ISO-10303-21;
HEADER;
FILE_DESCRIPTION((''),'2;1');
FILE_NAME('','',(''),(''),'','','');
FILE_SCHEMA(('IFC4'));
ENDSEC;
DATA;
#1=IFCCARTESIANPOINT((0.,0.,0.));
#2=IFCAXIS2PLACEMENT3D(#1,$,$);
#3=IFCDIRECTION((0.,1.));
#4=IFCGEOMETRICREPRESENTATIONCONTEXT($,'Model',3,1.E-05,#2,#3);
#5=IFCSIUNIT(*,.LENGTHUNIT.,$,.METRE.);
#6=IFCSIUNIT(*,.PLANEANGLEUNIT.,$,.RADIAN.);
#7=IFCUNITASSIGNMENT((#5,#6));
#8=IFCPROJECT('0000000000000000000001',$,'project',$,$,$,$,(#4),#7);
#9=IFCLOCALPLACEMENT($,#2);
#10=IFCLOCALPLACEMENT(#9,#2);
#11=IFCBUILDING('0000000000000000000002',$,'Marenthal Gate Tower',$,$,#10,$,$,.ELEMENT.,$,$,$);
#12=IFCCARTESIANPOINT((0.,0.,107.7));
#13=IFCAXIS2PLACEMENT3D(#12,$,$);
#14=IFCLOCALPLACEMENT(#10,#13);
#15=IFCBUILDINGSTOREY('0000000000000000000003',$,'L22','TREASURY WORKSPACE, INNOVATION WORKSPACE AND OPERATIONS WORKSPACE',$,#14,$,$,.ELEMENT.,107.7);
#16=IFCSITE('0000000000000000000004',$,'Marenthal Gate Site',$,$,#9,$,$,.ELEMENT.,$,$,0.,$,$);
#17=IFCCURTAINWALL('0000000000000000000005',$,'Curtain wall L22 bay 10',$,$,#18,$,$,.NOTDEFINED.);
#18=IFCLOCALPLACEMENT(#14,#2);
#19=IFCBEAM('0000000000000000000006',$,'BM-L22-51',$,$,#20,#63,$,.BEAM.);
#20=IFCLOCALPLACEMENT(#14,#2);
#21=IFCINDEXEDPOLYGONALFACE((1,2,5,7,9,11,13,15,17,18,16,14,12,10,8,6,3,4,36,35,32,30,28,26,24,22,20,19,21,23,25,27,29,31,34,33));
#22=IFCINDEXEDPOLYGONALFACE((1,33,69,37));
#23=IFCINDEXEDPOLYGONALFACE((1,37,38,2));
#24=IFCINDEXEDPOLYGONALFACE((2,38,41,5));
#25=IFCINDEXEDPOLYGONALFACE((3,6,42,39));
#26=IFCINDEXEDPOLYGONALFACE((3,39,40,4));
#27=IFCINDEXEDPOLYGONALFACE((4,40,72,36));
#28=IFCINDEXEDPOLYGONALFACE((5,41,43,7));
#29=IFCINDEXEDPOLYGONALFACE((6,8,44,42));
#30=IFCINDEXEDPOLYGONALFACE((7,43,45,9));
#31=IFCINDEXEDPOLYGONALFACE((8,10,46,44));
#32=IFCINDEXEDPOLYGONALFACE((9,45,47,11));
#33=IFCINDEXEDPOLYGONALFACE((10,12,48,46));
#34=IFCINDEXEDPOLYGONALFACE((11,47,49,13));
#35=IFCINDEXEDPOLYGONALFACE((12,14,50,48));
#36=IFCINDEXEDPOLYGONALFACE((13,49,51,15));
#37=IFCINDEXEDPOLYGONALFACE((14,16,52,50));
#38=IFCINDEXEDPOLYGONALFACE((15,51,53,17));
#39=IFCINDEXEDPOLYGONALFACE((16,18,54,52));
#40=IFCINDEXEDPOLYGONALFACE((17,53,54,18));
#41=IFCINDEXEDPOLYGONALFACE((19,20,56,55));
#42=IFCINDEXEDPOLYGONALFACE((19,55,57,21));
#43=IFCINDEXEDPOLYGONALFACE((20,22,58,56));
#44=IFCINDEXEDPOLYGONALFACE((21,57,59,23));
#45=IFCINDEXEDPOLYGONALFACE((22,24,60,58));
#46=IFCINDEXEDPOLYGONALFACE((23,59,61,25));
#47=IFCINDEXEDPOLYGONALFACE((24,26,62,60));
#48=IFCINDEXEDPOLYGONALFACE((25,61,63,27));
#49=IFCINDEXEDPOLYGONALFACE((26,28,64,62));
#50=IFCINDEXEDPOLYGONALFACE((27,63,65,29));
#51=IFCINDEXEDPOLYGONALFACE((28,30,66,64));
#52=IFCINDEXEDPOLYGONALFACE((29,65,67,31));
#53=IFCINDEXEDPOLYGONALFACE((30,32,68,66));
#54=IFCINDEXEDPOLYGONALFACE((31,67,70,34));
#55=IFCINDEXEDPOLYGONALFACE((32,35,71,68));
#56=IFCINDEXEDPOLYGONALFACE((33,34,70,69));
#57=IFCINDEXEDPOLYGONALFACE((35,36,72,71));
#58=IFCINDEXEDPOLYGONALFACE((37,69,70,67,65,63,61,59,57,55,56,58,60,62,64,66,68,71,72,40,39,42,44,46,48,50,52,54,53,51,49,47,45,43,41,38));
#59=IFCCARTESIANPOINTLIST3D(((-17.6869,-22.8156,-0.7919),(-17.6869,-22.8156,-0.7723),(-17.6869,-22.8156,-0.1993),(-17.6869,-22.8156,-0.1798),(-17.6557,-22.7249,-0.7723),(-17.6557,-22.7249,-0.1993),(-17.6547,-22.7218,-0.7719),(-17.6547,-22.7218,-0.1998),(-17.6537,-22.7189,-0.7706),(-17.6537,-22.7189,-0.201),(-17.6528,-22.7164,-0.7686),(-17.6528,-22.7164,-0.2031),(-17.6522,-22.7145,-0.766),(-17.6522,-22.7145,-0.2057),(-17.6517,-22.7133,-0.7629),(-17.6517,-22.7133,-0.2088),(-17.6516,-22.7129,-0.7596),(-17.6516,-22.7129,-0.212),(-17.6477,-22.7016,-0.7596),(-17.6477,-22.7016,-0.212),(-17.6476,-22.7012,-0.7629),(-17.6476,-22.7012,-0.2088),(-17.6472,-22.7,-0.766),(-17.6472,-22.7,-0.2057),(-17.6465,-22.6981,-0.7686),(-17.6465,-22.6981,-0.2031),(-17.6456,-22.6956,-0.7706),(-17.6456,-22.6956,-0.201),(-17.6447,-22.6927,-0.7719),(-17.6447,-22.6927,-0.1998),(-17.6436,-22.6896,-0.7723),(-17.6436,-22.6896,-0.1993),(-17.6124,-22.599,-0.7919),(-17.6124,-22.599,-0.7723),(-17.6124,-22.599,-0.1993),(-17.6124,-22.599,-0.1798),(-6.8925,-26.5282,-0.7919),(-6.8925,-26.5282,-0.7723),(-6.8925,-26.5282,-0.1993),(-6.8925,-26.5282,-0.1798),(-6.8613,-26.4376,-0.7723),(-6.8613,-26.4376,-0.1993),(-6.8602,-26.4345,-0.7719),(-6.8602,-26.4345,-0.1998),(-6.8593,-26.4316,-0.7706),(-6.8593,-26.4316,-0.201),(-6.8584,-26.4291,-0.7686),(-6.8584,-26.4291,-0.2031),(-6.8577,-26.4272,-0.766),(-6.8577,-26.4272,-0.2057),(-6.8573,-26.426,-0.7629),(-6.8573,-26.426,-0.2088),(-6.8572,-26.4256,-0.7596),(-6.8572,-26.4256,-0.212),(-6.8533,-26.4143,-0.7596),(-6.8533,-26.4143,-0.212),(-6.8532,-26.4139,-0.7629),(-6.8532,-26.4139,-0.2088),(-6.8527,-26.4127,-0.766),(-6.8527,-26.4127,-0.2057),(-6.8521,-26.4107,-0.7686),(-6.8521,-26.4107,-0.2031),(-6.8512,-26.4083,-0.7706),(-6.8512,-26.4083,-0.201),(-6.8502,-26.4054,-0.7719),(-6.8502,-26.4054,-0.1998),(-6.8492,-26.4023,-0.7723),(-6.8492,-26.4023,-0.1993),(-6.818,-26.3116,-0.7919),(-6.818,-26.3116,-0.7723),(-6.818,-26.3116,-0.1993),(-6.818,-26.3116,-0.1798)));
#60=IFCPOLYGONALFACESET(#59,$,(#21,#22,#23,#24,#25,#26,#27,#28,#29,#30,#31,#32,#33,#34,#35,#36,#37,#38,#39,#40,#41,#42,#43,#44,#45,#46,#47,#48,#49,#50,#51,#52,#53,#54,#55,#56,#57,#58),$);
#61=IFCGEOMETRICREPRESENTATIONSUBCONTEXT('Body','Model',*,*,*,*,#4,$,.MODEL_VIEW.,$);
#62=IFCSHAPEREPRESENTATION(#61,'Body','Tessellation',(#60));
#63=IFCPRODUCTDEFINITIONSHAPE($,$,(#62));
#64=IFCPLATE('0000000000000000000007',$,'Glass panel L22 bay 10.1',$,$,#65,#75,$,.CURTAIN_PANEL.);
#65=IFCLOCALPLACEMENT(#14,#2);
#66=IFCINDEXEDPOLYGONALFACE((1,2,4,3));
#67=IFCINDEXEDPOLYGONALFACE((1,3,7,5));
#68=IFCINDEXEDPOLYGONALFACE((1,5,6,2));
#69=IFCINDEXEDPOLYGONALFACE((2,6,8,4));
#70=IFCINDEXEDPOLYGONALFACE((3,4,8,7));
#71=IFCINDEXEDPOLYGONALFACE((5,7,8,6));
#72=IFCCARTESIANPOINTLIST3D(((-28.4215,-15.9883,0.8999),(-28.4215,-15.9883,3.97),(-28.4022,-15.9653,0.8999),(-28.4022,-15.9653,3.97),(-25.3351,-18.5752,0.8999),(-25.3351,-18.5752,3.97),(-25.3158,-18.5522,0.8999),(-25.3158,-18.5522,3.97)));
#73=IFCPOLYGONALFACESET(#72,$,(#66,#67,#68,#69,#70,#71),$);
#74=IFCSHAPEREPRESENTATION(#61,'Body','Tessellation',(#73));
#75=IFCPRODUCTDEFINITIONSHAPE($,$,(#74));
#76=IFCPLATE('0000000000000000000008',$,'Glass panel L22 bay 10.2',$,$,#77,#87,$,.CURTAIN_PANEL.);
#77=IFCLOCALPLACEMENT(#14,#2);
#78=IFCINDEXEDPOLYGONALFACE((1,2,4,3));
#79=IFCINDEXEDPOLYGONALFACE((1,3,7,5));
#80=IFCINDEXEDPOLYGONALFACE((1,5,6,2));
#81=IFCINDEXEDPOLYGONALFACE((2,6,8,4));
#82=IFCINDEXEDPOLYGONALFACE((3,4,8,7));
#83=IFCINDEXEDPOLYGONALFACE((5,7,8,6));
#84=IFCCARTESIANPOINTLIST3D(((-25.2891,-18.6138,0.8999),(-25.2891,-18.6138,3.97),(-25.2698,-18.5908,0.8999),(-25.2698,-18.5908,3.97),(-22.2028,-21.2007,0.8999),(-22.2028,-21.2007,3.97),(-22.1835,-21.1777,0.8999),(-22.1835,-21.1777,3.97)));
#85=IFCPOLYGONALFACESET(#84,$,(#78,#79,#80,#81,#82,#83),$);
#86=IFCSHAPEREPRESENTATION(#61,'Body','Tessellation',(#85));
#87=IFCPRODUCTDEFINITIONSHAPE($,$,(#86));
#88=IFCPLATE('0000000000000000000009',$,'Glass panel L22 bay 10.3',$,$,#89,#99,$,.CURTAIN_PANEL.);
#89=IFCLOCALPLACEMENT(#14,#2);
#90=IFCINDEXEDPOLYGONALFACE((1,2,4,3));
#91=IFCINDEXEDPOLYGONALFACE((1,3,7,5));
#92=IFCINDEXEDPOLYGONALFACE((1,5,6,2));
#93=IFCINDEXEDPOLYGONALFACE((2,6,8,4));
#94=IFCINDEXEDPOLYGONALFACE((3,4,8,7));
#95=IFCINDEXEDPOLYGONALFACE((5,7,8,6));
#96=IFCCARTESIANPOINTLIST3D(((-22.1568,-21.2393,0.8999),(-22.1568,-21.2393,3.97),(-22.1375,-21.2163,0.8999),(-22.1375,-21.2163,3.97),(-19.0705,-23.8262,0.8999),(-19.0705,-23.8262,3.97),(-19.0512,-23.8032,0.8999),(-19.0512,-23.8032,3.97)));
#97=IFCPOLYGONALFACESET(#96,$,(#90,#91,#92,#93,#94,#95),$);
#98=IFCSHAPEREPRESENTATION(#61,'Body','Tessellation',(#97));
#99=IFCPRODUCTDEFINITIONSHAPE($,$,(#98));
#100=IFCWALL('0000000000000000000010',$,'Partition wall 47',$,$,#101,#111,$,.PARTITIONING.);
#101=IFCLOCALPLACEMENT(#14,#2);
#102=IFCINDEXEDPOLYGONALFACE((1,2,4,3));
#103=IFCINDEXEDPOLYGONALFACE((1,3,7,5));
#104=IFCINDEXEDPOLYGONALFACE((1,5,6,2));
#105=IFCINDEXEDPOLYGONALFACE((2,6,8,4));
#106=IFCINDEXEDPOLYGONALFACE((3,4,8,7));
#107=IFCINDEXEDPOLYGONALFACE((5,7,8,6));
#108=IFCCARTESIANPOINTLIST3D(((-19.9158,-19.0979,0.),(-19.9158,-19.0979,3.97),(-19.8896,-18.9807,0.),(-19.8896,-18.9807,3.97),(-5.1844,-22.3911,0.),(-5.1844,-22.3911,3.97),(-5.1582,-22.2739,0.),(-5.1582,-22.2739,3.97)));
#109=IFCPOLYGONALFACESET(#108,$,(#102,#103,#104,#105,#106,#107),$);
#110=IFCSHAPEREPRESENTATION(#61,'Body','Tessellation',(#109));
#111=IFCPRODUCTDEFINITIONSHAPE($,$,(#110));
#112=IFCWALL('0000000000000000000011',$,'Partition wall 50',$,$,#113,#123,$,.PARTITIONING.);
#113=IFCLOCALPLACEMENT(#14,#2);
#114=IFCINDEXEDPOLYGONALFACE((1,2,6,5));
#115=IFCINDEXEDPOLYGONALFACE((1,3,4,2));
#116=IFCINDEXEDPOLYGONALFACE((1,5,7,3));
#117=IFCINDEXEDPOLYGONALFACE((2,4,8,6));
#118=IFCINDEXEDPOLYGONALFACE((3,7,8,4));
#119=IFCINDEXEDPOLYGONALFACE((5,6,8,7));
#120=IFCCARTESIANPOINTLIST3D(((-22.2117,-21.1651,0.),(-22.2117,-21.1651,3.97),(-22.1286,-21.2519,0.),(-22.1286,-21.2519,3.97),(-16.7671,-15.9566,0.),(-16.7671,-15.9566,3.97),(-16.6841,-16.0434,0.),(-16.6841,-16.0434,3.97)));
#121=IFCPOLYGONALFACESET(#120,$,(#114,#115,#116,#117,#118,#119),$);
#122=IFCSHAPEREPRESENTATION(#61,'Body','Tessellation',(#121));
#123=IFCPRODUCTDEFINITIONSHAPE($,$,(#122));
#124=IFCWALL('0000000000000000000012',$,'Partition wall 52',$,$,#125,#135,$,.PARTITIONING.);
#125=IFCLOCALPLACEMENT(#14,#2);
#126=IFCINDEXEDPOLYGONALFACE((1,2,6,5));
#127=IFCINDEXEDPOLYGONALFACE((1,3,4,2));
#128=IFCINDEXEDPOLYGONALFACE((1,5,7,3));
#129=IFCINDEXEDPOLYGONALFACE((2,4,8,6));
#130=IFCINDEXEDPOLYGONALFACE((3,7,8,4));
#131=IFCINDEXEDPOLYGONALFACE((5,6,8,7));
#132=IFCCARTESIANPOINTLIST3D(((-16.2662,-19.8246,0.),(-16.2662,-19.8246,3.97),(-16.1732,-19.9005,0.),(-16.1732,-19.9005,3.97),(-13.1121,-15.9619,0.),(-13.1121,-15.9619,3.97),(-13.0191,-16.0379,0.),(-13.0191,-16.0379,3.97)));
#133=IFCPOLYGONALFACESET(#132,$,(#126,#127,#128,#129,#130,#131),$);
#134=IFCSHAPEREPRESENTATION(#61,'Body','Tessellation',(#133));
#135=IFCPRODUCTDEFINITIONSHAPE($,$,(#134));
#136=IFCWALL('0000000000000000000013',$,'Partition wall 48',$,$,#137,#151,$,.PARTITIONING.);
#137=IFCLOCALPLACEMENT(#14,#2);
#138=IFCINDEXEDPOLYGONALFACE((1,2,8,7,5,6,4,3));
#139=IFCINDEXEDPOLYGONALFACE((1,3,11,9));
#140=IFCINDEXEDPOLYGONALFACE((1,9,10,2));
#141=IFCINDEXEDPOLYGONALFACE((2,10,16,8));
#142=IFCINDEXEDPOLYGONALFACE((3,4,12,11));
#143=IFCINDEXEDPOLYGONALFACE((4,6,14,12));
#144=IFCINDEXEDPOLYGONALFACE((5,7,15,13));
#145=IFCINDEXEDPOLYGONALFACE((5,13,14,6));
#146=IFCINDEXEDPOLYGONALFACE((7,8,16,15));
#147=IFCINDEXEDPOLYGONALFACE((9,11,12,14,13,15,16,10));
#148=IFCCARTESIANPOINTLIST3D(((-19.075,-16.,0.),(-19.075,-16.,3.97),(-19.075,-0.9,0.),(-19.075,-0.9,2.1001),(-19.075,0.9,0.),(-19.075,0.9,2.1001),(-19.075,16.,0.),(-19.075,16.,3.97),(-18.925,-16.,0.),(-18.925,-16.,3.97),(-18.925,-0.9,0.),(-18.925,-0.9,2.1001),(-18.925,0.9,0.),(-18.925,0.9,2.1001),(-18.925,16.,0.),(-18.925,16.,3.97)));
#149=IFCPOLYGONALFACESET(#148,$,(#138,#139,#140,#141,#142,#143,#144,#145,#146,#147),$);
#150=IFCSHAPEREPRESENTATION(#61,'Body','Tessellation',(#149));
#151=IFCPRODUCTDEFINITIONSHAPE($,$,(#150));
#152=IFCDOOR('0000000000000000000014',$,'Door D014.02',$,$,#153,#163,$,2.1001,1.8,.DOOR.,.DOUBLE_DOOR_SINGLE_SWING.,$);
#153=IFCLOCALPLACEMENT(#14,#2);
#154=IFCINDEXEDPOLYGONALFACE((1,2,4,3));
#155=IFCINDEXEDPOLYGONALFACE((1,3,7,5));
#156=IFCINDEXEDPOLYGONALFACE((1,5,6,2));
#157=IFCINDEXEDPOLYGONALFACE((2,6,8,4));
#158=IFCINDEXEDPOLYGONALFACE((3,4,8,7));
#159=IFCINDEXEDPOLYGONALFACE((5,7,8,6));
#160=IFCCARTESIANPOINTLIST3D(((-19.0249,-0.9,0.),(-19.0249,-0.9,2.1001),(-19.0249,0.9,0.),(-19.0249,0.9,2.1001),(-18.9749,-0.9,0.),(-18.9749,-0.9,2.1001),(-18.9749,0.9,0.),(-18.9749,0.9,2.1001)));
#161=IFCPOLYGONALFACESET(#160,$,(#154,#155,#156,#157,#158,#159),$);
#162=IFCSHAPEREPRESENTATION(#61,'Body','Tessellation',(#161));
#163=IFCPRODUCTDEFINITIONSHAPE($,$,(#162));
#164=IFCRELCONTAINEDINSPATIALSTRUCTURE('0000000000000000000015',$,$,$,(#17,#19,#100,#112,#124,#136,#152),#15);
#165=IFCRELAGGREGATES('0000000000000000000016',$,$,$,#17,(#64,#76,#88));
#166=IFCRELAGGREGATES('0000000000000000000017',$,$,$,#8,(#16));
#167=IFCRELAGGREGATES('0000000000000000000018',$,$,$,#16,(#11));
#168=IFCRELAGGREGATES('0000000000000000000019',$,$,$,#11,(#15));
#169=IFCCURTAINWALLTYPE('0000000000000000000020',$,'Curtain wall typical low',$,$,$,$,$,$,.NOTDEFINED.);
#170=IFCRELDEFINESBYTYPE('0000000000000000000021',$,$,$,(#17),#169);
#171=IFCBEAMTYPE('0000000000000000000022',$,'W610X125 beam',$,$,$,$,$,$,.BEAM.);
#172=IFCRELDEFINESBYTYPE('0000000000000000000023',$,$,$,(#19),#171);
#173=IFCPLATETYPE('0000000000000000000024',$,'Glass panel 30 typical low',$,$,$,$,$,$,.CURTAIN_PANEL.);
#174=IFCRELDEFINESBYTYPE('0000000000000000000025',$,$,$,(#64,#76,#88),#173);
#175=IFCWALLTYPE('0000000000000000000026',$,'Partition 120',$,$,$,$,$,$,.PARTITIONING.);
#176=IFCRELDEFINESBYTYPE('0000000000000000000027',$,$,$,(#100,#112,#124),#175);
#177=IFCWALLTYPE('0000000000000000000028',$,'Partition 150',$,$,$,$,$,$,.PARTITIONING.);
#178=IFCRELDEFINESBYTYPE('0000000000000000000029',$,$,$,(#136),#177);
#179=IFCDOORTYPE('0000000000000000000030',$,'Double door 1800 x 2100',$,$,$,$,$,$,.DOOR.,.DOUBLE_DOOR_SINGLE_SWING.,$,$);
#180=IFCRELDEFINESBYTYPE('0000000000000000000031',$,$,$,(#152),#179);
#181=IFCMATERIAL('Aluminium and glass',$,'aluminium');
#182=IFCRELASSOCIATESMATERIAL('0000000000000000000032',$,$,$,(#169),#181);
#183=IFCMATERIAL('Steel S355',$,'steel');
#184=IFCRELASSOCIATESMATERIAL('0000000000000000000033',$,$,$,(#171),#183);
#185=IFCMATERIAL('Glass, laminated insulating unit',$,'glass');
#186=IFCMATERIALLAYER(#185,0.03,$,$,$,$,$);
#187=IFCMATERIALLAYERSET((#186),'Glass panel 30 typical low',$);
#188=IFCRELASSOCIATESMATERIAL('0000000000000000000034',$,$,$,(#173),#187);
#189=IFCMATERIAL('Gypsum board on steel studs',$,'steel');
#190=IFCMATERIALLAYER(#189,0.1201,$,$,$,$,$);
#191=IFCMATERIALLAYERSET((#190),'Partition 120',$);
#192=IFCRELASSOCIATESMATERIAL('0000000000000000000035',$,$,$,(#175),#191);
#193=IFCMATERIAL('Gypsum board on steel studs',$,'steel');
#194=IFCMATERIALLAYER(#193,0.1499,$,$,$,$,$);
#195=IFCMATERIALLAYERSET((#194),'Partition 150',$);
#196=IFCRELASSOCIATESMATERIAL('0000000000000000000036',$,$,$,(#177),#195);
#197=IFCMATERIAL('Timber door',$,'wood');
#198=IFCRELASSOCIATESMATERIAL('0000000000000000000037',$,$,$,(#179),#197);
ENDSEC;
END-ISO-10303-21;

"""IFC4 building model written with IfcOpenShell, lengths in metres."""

from ifc_helpers import new_model, si_unit, direction, frame, frame_2d, origin, origin_2d, place, context, subcontext, project, spatial, rectangle, i_section, extrude, material, layer, layer_set, material_profile, profile_set, type_object, element, fill, aggregate, save


model = new_model("IFC4")

# Units and contexts
model_context = context("Model", 3, precision=1e-05, world=origin(), true_north=direction((0.0, 1.0)))
body_context = subcontext(model_context, "Body", "Model", "MODEL_VIEW")
ifc_project = project(units=[si_unit("LENGTHUNIT", "METRE"), si_unit("PLANEANGLEUNIT", "RADIAN")], contexts=[model_context])

# Site, building, storey
site_placement = place(None, origin())
site = spatial("IfcSite", under=ifc_project, at=site_placement, Name="Marenthal Gate Site", CompositionType="ELEMENT", RefElevation=0.0)
building_placement = place(site_placement, origin())
building = spatial("IfcBuilding", under=site, at=building_placement, Name="Marenthal Gate Tower", CompositionType="ELEMENT")
storey_placement = place(building_placement, frame((0.0, 0.0, 107.7)))
storey = spatial("IfcBuildingStorey", under=building, at=storey_placement, Name="L22", Description="TREASURY WORKSPACE, INNOVATION WORKSPACE AND OPERATIONS WORKSPACE", CompositionType="ELEMENT", Elevation=107.7)

# Curtain wall
ifc_material_1 = material(Name="Aluminium and glass", Category="aluminium")
curtain_wall_type = type_object("IfcCurtainWallType", Name="Curtain wall typical low", PredefinedType="NOTDEFINED", material=ifc_material_1)
curtain_wall_placement = place(storey_placement, origin())
curtain_wall = element("IfcCurtainWall", 1, at=curtain_wall_placement, inside=storey, type_object=curtain_wall_type, Name="Curtain wall L22 bay 10", PredefinedType="NOTDEFINED")

# Beam
ifc_material_2 = material(Name="Steel S355", Category="steel")
ifc_material_profile_1 = material_profile(ifc_material_2, i_section(OverallWidth=0.229, OverallDepth=0.6121, WebThickness=0.012, FlangeThickness=0.0195, FilletRadius=0.0127, at=origin_2d()), Name="W610X125")
ifc_profile_set_1 = profile_set([ifc_material_profile_1], Name="Steel S355")
beam_type_1 = type_object("IfcBeamType", Name="W610X125 beam", PredefinedType="BEAM", material=ifc_profile_set_1)
beam_1_placement = place(storey_placement, frame((-17.6497, -22.7073, -0.4858), z_axis=(0.945631, -0.325241, 0.0), x_axis=(0.325241, 0.945631, 0.0)))
element("IfcBeam", 2, at=beam_1_placement, inside=storey, type_object=beam_type_1, Name="BM-L22-51", PredefinedType="BEAM", context=body_context, shape_type="SweptSolid", body=[
    extrude(i_section(OverallWidth=0.229, OverallDepth=0.6121, WebThickness=0.012, FlangeThickness=0.0195, FilletRadius=0.0127, at=origin_2d()), origin(), (0.0, 0.0, 1.0), 11.415),
])

# Plates
ifc_material_3 = material(Name="Glass, laminated insulating unit", Category="glass")
ifc_layer_1 = layer(ifc_material_3, 0.03)
ifc_layer_set_1 = layer_set([ifc_layer_1], Name="Glass panel 30 typical low")
plate_type = type_object("IfcPlateType", Name="Glass panel 30 typical low", PredefinedType="CURTAIN_PANEL", material=ifc_layer_set_1)
plate_1_placement = place(storey_placement, frame((-26.8687, -17.2703, 0.8999), z_axis=(0.0, 0.0, 1.0), x_axis=(0.766389, -0.642377, 0.0)))
plate_1 = element("IfcPlate", 3, at=plate_1_placement, type_object=plate_type, Name="Glass panel L22 bay 10.1", PredefinedType="CURTAIN_PANEL", context=body_context, shape_type="SweptSolid", body=[
    extrude(rectangle(XDim=4.0271, YDim=0.03, at=origin_2d()), origin(), (0.0, 0.0, 1.0), 3.0701),
])
plate_2_placement = place(storey_placement, frame((-23.7363, -19.8958, 0.8999), z_axis=(0.0, 0.0, 1.0), x_axis=(0.766389, -0.642377, 0.0)))
plate_2 = element("IfcPlate", 4, at=plate_2_placement, type_object=plate_type, Name="Glass panel L22 bay 10.2", PredefinedType="CURTAIN_PANEL", context=body_context, shape_type="SweptSolid", body=[
    extrude(rectangle(XDim=4.0271, YDim=0.03, at=origin_2d()), origin(), (0.0, 0.0, 1.0), 3.0701),
])
plate_3_placement = place(storey_placement, frame((-20.604, -22.5212, 0.8999), z_axis=(0.0, 0.0, 1.0), x_axis=(0.766389, -0.642377, 0.0)))
plate_3 = element("IfcPlate", 5, at=plate_3_placement, type_object=plate_type, Name="Glass panel L22 bay 10.3", PredefinedType="CURTAIN_PANEL", context=body_context, shape_type="SweptSolid", body=[
    extrude(rectangle(XDim=4.0271, YDim=0.03, at=origin_2d()), origin(), (0.0, 0.0, 1.0), 3.0701),
])
aggregate(curtain_wall, [plate_1, plate_2, plate_3])

# Walls
ifc_material_4 = material(Name="Gypsum board on steel studs", Category="steel")
ifc_layer_2 = layer(ifc_material_4, 0.1201)
ifc_layer_set_2 = layer_set([ifc_layer_2], Name="Partition 120")
wall_type_1 = type_object("IfcWallType", Name="Partition 120", PredefinedType="PARTITIONING", material=ifc_layer_set_2)
wall_1_placement = place(storey_placement, frame((-19.9026, -19.0393, 0.0), z_axis=(0.0, 0.0, 1.0), x_axis=(0.975912, -0.218165, 0.0)))
element("IfcWall", 6, at=wall_1_placement, inside=storey, type_object=wall_type_1, Name="Partition wall 47", PredefinedType="PARTITIONING", context=body_context, shape_type="SweptSolid", body=[
    extrude(rectangle(XDim=15.095, YDim=0.1201, at=frame_2d((7.5474, 0.0))), origin(), (0.0, 0.0, 1.0), 3.97),
])
wall_2_placement = place(storey_placement, frame((-16.7256, -16.0, 0.0), z_axis=(0.0, 0.0, 1.0), x_axis=(-0.7226, -0.691267, 0.0)))
element("IfcWall", 7, at=wall_2_placement, inside=storey, type_object=wall_type_1, Name="Partition wall 50", PredefinedType="PARTITIONING", context=body_context, shape_type="SweptSolid", body=[
    extrude(rectangle(XDim=7.5347, YDim=0.1201, at=frame_2d((3.7673, 0.0))), origin(), (0.0, 0.0, 1.0), 3.97),
])
wall_3_placement = place(storey_placement, frame((-16.2197, -19.8625, 0.0), z_axis=(0.0, 0.0, 1.0), x_axis=(0.632491, 0.774568, 0.0)))
element("IfcWall", 8, at=wall_3_placement, inside=storey, type_object=wall_type_1, Name="Partition wall 52", PredefinedType="PARTITIONING", context=body_context, shape_type="SweptSolid", body=[
    extrude(rectangle(XDim=4.9868, YDim=0.1201, at=frame_2d((2.4934, 0.0))), origin(), (0.0, 0.0, 1.0), 3.97),
])

# Wall, opening, door
ifc_material_5 = material(Name="Gypsum board on steel studs", Category="steel")
ifc_layer_3 = layer(ifc_material_5, 0.1499)
ifc_layer_set_3 = layer_set([ifc_layer_3], Name="Partition 150")
wall_type_2 = type_object("IfcWallType", Name="Partition 150", PredefinedType="PARTITIONING", material=ifc_layer_set_3)
wall_4_placement = place(storey_placement, frame((-19.0, -16.0, 0.0), z_axis=(0.0, 0.0, 1.0), x_axis=(0.0, 1.0, 0.0)))
wall_4 = element("IfcWall", 9, at=wall_4_placement, inside=storey, type_object=wall_type_2, Name="Partition wall 48", PredefinedType="PARTITIONING", context=body_context, shape_type="SweptSolid", body=[
    extrude(rectangle(XDim=32.0, YDim=0.1499, at=frame_2d((16.0, 0.0))), origin(), (0.0, 0.0, 1.0), 3.97),
])
opening_1_placement = place(wall_4_placement, frame((15.1001, 0.0, 0.0)))
opening_1 = element("IfcOpeningElement", 10, at=opening_1_placement, cuts=wall_4, PredefinedType="OPENING", context=body_context, shape_type="SweptSolid", body=[
    extrude(rectangle(XDim=1.8, YDim=2.1001, at=frame_2d((0.8999, 1.05))), frame((0.0, 0.085, 0.0), z_axis=(0.0, -1.0, 0.0), x_axis=(1.0, 0.0, 0.0)), (0.0, 0.0, 1.0), 0.1699),
])
ifc_material_6 = material(Name="Timber door", Category="wood")
door_type_1 = type_object("IfcDoorType", Name="Double door 1800 x 2100", OperationType="DOUBLE_DOOR_SINGLE_SWING", PredefinedType="DOOR", material=ifc_material_6)
door_1_placement = place(opening_1_placement, origin())
door_1 = element("IfcDoor", 11, at=door_1_placement, inside=storey, type_object=door_type_1, Name="Door D014.02", OperationType="DOUBLE_DOOR_SINGLE_SWING", OverallHeight=2.1001, OverallWidth=1.8, PredefinedType="DOOR", context=body_context, shape_type="SweptSolid", body=[
    extrude(rectangle(XDim=1.8, YDim=2.1001, at=frame_2d((0.8999, 1.05))), frame((0.0, 0.0249, 0.0), z_axis=(0.0, -1.0, 0.0), x_axis=(1.0, 0.0, 0.0)), (0.0, 0.0, 1.0), 0.05),
])
fill(opening_1, door_1)

save(model, "model.ifc")
